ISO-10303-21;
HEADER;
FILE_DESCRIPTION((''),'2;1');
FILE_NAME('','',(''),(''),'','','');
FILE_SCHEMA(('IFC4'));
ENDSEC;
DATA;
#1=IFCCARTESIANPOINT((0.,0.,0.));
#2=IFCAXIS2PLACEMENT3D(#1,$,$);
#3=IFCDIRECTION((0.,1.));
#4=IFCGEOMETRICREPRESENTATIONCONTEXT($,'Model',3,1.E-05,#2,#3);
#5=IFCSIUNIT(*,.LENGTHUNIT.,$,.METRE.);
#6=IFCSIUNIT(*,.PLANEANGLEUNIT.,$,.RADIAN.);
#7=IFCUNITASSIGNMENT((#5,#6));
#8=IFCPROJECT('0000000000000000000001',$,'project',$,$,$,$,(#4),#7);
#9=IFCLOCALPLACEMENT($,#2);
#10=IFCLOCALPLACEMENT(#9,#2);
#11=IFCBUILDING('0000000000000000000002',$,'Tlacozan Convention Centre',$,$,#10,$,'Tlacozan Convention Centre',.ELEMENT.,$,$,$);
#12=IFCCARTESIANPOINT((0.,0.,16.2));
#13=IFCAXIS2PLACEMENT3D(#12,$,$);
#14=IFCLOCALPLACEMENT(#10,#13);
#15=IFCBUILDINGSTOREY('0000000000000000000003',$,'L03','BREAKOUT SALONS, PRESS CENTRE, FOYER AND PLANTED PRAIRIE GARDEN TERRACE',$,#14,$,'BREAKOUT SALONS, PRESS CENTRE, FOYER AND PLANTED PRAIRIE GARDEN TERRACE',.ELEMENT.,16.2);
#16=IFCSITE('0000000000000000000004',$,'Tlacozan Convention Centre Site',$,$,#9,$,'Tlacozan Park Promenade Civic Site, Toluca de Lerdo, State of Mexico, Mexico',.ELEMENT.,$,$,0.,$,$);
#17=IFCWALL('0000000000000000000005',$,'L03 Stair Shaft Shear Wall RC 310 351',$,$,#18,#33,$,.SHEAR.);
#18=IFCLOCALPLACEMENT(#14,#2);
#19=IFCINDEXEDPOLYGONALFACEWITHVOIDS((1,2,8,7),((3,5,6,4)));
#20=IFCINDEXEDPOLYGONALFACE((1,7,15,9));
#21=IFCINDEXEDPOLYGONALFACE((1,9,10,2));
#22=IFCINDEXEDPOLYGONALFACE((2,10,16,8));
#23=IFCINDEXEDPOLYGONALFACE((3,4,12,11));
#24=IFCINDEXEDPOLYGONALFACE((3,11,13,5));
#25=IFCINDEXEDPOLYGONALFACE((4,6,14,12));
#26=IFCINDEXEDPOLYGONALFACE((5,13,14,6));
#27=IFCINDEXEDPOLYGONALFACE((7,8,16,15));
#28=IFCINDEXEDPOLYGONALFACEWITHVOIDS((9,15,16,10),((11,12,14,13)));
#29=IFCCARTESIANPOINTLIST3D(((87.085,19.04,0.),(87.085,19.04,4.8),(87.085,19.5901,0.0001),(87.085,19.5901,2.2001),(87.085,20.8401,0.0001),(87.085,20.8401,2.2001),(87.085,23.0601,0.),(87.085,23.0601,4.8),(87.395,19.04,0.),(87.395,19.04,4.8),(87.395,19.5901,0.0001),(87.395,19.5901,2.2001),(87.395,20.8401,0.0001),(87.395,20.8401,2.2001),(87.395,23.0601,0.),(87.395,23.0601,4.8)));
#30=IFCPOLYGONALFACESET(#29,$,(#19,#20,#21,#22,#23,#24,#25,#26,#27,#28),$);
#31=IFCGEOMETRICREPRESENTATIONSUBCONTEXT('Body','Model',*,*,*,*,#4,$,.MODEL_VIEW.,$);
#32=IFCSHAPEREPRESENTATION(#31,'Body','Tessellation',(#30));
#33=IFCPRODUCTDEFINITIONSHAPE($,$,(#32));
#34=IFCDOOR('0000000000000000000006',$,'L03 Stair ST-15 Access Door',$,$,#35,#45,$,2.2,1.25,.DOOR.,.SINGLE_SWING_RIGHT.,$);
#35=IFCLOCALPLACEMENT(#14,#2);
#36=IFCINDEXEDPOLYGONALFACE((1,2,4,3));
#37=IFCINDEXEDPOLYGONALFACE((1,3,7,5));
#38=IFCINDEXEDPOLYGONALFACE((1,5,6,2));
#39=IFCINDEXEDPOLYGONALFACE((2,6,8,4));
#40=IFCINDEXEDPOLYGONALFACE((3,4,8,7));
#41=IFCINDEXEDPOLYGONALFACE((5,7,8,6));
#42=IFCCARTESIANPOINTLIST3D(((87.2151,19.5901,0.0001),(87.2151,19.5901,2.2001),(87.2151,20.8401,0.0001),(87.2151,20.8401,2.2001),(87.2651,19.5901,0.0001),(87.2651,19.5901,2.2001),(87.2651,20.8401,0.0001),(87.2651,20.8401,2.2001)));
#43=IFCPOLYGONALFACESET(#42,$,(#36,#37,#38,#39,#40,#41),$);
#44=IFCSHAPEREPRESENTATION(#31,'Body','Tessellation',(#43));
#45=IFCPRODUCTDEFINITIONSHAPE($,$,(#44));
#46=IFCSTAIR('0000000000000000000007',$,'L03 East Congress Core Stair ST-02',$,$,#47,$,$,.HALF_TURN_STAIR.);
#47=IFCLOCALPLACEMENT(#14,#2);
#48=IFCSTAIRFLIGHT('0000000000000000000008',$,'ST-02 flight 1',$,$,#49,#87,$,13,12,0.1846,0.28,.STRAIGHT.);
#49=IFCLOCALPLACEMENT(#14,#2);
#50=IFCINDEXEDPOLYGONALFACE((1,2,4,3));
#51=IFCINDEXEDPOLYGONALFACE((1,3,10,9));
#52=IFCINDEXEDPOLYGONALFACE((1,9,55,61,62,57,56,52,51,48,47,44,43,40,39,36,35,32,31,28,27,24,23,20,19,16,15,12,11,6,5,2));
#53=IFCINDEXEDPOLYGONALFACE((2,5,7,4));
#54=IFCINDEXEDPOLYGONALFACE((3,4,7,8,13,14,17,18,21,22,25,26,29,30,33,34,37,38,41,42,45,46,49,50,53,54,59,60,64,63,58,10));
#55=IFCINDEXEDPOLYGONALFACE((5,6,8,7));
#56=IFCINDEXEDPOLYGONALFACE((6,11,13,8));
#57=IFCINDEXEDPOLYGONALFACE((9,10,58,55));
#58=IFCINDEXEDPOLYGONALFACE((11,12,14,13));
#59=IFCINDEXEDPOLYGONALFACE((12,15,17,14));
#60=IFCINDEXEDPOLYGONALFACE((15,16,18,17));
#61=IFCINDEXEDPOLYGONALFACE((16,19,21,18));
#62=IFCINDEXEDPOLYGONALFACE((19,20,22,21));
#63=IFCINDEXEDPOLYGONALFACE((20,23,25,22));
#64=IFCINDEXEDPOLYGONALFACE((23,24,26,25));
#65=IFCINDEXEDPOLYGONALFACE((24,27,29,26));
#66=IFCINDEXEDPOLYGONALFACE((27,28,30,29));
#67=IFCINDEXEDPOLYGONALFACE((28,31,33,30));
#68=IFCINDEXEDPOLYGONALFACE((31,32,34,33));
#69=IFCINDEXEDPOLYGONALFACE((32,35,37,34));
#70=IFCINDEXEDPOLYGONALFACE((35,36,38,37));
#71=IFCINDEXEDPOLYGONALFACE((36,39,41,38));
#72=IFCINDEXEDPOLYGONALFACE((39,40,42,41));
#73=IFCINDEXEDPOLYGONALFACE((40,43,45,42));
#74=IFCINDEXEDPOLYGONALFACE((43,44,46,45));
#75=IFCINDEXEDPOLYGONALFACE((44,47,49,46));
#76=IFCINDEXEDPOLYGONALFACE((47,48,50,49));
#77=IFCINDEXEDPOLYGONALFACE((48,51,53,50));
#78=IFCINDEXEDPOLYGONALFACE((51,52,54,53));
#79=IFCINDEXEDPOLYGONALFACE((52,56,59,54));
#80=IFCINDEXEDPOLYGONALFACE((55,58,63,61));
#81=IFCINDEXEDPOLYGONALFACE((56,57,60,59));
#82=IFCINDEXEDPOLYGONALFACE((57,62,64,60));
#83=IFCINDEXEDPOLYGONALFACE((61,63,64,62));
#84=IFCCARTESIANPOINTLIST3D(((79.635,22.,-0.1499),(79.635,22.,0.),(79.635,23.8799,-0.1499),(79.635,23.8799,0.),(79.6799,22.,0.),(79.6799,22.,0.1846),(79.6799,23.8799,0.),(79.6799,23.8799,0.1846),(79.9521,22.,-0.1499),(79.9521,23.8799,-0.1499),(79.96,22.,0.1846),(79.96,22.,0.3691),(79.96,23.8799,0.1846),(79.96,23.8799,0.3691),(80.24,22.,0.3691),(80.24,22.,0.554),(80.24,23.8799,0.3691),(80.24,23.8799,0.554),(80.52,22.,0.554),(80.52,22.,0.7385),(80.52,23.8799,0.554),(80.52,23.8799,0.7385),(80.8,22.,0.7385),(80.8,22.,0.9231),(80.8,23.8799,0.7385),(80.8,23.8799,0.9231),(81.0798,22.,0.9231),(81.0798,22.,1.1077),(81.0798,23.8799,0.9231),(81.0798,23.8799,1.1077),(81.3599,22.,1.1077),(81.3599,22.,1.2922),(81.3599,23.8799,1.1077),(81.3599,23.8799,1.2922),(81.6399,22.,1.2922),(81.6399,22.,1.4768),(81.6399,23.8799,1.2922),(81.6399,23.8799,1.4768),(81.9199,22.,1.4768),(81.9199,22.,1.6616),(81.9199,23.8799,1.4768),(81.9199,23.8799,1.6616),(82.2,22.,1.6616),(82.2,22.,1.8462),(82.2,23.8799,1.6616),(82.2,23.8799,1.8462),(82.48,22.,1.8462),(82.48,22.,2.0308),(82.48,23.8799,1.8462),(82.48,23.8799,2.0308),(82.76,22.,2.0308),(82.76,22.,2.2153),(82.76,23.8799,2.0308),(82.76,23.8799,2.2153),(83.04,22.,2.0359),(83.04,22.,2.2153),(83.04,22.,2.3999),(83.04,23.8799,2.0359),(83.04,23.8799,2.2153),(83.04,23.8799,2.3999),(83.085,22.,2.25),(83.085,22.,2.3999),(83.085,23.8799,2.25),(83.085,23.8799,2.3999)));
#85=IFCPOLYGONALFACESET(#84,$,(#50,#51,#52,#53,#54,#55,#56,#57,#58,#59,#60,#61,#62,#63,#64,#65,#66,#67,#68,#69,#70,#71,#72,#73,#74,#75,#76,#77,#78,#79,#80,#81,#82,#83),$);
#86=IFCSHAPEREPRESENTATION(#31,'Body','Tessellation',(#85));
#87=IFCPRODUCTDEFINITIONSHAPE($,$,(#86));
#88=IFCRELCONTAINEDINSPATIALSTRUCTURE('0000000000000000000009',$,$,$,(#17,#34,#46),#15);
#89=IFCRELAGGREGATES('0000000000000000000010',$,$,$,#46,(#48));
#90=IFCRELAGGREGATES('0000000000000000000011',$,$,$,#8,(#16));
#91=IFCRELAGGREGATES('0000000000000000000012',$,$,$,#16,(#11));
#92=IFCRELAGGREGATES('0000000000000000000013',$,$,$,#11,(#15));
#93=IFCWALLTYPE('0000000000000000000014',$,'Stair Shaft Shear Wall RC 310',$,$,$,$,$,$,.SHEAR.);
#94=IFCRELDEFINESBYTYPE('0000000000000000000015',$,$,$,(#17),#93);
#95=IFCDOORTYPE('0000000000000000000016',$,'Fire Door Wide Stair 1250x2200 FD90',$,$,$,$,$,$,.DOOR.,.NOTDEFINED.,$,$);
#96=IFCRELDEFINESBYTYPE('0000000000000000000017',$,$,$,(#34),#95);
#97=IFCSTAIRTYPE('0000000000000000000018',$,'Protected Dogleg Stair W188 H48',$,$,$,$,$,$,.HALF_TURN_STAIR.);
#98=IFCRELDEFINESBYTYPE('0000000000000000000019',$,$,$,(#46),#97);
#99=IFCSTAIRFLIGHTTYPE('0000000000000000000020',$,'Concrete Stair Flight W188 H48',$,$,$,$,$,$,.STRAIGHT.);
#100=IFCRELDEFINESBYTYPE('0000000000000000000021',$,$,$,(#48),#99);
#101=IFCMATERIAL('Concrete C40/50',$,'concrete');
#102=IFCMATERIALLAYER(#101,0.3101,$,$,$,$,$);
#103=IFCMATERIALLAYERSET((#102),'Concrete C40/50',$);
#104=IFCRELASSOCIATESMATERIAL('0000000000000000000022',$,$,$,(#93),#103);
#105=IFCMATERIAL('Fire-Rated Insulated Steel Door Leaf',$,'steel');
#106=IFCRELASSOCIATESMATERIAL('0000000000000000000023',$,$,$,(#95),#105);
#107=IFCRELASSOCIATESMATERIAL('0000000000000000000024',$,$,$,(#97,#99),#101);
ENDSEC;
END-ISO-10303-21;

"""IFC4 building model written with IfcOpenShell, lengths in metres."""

from ifc_helpers import new_model, si_unit, direction, frame, frame_2d, origin, place, context, subcontext, project, spatial, polyline, rectangle, outline, extrude, material, layer, layer_set, type_object, element, fill, aggregate, save


model = new_model("IFC4")

# Units and contexts
model_context = context("Model", 3, precision=1e-05, world=origin(), true_north=direction((0.0, 1.0)))
body_context = subcontext(model_context, "Body", "Model", "MODEL_VIEW")
ifc_project = project(units=[si_unit("LENGTHUNIT", "METRE"), si_unit("PLANEANGLEUNIT", "RADIAN")], contexts=[model_context])

# Site, building, storey
site_placement = place(None, origin())
site = spatial("IfcSite", under=ifc_project, at=site_placement, Name="Tlacozan Convention Centre Site", LongName="Tlacozan Park Promenade Civic Site, Toluca de Lerdo, State of Mexico, Mexico", CompositionType="ELEMENT", RefElevation=0.0)
building_placement = place(site_placement, origin())
building = spatial("IfcBuilding", under=site, at=building_placement, Name="Tlacozan Convention Centre", LongName="Tlacozan Convention Centre", CompositionType="ELEMENT")
storey_placement = place(building_placement, frame((0.0, 0.0, 16.2)))
storey = spatial("IfcBuildingStorey", under=building, at=storey_placement, Name="L03", Description="BREAKOUT SALONS, PRESS CENTRE, FOYER AND PLANTED PRAIRIE GARDEN TERRACE", LongName="BREAKOUT SALONS, PRESS CENTRE, FOYER AND PLANTED PRAIRIE GARDEN TERRACE", CompositionType="ELEMENT", Elevation=16.2)

# Shared definitions
ifc_material_1 = material(Name="Concrete C40/50", Category="concrete")

# Shared definitions
ifc_material_2 = material(Name="Fire-Rated Insulated Steel Door Leaf", Category="steel")

# Shared definitions
ifc_layer_1 = layer(ifc_material_1, 0.3101)
ifc_layer_set_1 = layer_set([ifc_layer_1], Name="Concrete C40/50")
wall_type_1 = type_object("IfcWallType", Name="Stair Shaft Shear Wall RC 310", PredefinedType="SHEAR", material=ifc_layer_set_1)

# Wall, opening, door
wall_1_placement = place(storey_placement, frame((87.24, 19.04, 0.0), z_axis=(0.0, 0.0, 1.0), x_axis=(0.0, 1.0, 0.0)))
wall_1 = element("IfcWall", 1, at=wall_1_placement, inside=storey, type_object=wall_type_1, Name="L03 Stair Shaft Shear Wall RC 310 351", PredefinedType="SHEAR", context=body_context, shape_type="SweptSolid", body=[
    extrude(rectangle(XDim=4.02, YDim=0.3101, at=frame_2d((2.01, 0.0))), origin(), (0.0, 0.0, 1.0), 4.8),
])
opening_1_placement = place(wall_1_placement, frame((0.55, 0.0, 0.0)))
opening_1 = element("IfcOpeningElement", 2, at=opening_1_placement, cuts=wall_1, PredefinedType="OPENING", context=body_context, shape_type="SweptSolid", body=[
    extrude(rectangle(XDim=1.25, YDim=2.2, at=frame_2d((0.625, 1.1001))), frame((0.0, 0.165, 0.0), z_axis=(0.0, -1.0, 0.0), x_axis=(1.0, 0.0, 0.0)), (0.0, 0.0, 1.0), 0.3301),
])
door_type_1 = type_object("IfcDoorType", Name="Fire Door Wide Stair 1250x2200 FD90", OperationType="NOTDEFINED", PredefinedType="DOOR", material=ifc_material_2)
door_1_placement = place(opening_1_placement, origin())
door_1 = element("IfcDoor", 3, at=door_1_placement, inside=storey, type_object=door_type_1, Name="L03 Stair ST-15 Access Door", OperationType="SINGLE_SWING_RIGHT", OverallHeight=2.2, OverallWidth=1.25, PredefinedType="DOOR", context=body_context, shape_type="SweptSolid", body=[
    extrude(rectangle(XDim=1.25, YDim=2.2, at=frame_2d((0.625, 1.1001))), frame((0.0, 0.0249, 0.0), z_axis=(0.0, -1.0, 0.0), x_axis=(1.0, 0.0, 0.0)), (0.0, 0.0, 1.0), 0.05),
])
fill(opening_1, door_1)

# Stair, stair flight
stair_type = type_object("IfcStairType", Name="Protected Dogleg Stair W188 H48", PredefinedType="HALF_TURN_STAIR", material=ifc_material_1)
stair_placement = place(storey_placement, origin())
stair = element("IfcStair", 4, at=stair_placement, inside=storey, type_object=stair_type, Name="L03 East Congress Core Stair ST-02", PredefinedType="HALF_TURN_STAIR")
stair_flight_type = type_object("IfcStairFlightType", Name="Concrete Stair Flight W188 H48", PredefinedType="STRAIGHT", material=ifc_material_1)
stair_flight_placement = place(storey_placement, frame((79.6799, 22.9399, 0.0), z_axis=(0.0, 0.0, 1.0), x_axis=(1.0, 0.0, 0.0)))
stair_flight = element("IfcStairFlight", 5, at=stair_flight_placement, type_object=stair_flight_type, Name="ST-02 flight 1", NumberOfRisers=13, NumberOfTreads=12, PredefinedType="STRAIGHT", RiserHeight=0.1846, TreadLength=0.28, context=body_context, shape_type="SweptSolid", body=[
    extrude(outline(polyline([(-0.0449, -0.1499), (-0.0449, 0.0), (0.0, 0.0), (0.0, 0.1846), (0.28, 0.1846), (0.28, 0.3691), (0.5601, 0.3691), (0.5601, 0.554), (0.8401, 0.554), (0.8401, 0.7385), (1.1201, 0.7385), (1.1201, 0.9231), (1.3999, 0.9231), (1.3999, 1.1077), (1.6799, 1.1077), (1.6799, 1.2922), (1.96, 1.2922), (1.96, 1.4768), (2.24, 1.4768), (2.24, 1.6616), (2.52, 1.6616), (2.52, 1.8462), (2.8, 1.8462), (2.8, 2.0308), (3.0801, 2.0308), (3.0801, 2.2153), (3.3601, 2.2153), (3.3601, 2.3999), (3.405, 2.3999), (3.405, 2.25), (3.3601, 2.0359), (0.2722, -0.1499), (-0.0449, -0.1499)])), frame((0.0, 0.9399, 0.0), z_axis=(0.0, -1.0, 0.0), x_axis=(1.0, 0.0, 0.0)), (0.0, 0.0, 1.0), 1.8799),
])
aggregate(stair, [stair_flight])

save(model, "model.ifc")
